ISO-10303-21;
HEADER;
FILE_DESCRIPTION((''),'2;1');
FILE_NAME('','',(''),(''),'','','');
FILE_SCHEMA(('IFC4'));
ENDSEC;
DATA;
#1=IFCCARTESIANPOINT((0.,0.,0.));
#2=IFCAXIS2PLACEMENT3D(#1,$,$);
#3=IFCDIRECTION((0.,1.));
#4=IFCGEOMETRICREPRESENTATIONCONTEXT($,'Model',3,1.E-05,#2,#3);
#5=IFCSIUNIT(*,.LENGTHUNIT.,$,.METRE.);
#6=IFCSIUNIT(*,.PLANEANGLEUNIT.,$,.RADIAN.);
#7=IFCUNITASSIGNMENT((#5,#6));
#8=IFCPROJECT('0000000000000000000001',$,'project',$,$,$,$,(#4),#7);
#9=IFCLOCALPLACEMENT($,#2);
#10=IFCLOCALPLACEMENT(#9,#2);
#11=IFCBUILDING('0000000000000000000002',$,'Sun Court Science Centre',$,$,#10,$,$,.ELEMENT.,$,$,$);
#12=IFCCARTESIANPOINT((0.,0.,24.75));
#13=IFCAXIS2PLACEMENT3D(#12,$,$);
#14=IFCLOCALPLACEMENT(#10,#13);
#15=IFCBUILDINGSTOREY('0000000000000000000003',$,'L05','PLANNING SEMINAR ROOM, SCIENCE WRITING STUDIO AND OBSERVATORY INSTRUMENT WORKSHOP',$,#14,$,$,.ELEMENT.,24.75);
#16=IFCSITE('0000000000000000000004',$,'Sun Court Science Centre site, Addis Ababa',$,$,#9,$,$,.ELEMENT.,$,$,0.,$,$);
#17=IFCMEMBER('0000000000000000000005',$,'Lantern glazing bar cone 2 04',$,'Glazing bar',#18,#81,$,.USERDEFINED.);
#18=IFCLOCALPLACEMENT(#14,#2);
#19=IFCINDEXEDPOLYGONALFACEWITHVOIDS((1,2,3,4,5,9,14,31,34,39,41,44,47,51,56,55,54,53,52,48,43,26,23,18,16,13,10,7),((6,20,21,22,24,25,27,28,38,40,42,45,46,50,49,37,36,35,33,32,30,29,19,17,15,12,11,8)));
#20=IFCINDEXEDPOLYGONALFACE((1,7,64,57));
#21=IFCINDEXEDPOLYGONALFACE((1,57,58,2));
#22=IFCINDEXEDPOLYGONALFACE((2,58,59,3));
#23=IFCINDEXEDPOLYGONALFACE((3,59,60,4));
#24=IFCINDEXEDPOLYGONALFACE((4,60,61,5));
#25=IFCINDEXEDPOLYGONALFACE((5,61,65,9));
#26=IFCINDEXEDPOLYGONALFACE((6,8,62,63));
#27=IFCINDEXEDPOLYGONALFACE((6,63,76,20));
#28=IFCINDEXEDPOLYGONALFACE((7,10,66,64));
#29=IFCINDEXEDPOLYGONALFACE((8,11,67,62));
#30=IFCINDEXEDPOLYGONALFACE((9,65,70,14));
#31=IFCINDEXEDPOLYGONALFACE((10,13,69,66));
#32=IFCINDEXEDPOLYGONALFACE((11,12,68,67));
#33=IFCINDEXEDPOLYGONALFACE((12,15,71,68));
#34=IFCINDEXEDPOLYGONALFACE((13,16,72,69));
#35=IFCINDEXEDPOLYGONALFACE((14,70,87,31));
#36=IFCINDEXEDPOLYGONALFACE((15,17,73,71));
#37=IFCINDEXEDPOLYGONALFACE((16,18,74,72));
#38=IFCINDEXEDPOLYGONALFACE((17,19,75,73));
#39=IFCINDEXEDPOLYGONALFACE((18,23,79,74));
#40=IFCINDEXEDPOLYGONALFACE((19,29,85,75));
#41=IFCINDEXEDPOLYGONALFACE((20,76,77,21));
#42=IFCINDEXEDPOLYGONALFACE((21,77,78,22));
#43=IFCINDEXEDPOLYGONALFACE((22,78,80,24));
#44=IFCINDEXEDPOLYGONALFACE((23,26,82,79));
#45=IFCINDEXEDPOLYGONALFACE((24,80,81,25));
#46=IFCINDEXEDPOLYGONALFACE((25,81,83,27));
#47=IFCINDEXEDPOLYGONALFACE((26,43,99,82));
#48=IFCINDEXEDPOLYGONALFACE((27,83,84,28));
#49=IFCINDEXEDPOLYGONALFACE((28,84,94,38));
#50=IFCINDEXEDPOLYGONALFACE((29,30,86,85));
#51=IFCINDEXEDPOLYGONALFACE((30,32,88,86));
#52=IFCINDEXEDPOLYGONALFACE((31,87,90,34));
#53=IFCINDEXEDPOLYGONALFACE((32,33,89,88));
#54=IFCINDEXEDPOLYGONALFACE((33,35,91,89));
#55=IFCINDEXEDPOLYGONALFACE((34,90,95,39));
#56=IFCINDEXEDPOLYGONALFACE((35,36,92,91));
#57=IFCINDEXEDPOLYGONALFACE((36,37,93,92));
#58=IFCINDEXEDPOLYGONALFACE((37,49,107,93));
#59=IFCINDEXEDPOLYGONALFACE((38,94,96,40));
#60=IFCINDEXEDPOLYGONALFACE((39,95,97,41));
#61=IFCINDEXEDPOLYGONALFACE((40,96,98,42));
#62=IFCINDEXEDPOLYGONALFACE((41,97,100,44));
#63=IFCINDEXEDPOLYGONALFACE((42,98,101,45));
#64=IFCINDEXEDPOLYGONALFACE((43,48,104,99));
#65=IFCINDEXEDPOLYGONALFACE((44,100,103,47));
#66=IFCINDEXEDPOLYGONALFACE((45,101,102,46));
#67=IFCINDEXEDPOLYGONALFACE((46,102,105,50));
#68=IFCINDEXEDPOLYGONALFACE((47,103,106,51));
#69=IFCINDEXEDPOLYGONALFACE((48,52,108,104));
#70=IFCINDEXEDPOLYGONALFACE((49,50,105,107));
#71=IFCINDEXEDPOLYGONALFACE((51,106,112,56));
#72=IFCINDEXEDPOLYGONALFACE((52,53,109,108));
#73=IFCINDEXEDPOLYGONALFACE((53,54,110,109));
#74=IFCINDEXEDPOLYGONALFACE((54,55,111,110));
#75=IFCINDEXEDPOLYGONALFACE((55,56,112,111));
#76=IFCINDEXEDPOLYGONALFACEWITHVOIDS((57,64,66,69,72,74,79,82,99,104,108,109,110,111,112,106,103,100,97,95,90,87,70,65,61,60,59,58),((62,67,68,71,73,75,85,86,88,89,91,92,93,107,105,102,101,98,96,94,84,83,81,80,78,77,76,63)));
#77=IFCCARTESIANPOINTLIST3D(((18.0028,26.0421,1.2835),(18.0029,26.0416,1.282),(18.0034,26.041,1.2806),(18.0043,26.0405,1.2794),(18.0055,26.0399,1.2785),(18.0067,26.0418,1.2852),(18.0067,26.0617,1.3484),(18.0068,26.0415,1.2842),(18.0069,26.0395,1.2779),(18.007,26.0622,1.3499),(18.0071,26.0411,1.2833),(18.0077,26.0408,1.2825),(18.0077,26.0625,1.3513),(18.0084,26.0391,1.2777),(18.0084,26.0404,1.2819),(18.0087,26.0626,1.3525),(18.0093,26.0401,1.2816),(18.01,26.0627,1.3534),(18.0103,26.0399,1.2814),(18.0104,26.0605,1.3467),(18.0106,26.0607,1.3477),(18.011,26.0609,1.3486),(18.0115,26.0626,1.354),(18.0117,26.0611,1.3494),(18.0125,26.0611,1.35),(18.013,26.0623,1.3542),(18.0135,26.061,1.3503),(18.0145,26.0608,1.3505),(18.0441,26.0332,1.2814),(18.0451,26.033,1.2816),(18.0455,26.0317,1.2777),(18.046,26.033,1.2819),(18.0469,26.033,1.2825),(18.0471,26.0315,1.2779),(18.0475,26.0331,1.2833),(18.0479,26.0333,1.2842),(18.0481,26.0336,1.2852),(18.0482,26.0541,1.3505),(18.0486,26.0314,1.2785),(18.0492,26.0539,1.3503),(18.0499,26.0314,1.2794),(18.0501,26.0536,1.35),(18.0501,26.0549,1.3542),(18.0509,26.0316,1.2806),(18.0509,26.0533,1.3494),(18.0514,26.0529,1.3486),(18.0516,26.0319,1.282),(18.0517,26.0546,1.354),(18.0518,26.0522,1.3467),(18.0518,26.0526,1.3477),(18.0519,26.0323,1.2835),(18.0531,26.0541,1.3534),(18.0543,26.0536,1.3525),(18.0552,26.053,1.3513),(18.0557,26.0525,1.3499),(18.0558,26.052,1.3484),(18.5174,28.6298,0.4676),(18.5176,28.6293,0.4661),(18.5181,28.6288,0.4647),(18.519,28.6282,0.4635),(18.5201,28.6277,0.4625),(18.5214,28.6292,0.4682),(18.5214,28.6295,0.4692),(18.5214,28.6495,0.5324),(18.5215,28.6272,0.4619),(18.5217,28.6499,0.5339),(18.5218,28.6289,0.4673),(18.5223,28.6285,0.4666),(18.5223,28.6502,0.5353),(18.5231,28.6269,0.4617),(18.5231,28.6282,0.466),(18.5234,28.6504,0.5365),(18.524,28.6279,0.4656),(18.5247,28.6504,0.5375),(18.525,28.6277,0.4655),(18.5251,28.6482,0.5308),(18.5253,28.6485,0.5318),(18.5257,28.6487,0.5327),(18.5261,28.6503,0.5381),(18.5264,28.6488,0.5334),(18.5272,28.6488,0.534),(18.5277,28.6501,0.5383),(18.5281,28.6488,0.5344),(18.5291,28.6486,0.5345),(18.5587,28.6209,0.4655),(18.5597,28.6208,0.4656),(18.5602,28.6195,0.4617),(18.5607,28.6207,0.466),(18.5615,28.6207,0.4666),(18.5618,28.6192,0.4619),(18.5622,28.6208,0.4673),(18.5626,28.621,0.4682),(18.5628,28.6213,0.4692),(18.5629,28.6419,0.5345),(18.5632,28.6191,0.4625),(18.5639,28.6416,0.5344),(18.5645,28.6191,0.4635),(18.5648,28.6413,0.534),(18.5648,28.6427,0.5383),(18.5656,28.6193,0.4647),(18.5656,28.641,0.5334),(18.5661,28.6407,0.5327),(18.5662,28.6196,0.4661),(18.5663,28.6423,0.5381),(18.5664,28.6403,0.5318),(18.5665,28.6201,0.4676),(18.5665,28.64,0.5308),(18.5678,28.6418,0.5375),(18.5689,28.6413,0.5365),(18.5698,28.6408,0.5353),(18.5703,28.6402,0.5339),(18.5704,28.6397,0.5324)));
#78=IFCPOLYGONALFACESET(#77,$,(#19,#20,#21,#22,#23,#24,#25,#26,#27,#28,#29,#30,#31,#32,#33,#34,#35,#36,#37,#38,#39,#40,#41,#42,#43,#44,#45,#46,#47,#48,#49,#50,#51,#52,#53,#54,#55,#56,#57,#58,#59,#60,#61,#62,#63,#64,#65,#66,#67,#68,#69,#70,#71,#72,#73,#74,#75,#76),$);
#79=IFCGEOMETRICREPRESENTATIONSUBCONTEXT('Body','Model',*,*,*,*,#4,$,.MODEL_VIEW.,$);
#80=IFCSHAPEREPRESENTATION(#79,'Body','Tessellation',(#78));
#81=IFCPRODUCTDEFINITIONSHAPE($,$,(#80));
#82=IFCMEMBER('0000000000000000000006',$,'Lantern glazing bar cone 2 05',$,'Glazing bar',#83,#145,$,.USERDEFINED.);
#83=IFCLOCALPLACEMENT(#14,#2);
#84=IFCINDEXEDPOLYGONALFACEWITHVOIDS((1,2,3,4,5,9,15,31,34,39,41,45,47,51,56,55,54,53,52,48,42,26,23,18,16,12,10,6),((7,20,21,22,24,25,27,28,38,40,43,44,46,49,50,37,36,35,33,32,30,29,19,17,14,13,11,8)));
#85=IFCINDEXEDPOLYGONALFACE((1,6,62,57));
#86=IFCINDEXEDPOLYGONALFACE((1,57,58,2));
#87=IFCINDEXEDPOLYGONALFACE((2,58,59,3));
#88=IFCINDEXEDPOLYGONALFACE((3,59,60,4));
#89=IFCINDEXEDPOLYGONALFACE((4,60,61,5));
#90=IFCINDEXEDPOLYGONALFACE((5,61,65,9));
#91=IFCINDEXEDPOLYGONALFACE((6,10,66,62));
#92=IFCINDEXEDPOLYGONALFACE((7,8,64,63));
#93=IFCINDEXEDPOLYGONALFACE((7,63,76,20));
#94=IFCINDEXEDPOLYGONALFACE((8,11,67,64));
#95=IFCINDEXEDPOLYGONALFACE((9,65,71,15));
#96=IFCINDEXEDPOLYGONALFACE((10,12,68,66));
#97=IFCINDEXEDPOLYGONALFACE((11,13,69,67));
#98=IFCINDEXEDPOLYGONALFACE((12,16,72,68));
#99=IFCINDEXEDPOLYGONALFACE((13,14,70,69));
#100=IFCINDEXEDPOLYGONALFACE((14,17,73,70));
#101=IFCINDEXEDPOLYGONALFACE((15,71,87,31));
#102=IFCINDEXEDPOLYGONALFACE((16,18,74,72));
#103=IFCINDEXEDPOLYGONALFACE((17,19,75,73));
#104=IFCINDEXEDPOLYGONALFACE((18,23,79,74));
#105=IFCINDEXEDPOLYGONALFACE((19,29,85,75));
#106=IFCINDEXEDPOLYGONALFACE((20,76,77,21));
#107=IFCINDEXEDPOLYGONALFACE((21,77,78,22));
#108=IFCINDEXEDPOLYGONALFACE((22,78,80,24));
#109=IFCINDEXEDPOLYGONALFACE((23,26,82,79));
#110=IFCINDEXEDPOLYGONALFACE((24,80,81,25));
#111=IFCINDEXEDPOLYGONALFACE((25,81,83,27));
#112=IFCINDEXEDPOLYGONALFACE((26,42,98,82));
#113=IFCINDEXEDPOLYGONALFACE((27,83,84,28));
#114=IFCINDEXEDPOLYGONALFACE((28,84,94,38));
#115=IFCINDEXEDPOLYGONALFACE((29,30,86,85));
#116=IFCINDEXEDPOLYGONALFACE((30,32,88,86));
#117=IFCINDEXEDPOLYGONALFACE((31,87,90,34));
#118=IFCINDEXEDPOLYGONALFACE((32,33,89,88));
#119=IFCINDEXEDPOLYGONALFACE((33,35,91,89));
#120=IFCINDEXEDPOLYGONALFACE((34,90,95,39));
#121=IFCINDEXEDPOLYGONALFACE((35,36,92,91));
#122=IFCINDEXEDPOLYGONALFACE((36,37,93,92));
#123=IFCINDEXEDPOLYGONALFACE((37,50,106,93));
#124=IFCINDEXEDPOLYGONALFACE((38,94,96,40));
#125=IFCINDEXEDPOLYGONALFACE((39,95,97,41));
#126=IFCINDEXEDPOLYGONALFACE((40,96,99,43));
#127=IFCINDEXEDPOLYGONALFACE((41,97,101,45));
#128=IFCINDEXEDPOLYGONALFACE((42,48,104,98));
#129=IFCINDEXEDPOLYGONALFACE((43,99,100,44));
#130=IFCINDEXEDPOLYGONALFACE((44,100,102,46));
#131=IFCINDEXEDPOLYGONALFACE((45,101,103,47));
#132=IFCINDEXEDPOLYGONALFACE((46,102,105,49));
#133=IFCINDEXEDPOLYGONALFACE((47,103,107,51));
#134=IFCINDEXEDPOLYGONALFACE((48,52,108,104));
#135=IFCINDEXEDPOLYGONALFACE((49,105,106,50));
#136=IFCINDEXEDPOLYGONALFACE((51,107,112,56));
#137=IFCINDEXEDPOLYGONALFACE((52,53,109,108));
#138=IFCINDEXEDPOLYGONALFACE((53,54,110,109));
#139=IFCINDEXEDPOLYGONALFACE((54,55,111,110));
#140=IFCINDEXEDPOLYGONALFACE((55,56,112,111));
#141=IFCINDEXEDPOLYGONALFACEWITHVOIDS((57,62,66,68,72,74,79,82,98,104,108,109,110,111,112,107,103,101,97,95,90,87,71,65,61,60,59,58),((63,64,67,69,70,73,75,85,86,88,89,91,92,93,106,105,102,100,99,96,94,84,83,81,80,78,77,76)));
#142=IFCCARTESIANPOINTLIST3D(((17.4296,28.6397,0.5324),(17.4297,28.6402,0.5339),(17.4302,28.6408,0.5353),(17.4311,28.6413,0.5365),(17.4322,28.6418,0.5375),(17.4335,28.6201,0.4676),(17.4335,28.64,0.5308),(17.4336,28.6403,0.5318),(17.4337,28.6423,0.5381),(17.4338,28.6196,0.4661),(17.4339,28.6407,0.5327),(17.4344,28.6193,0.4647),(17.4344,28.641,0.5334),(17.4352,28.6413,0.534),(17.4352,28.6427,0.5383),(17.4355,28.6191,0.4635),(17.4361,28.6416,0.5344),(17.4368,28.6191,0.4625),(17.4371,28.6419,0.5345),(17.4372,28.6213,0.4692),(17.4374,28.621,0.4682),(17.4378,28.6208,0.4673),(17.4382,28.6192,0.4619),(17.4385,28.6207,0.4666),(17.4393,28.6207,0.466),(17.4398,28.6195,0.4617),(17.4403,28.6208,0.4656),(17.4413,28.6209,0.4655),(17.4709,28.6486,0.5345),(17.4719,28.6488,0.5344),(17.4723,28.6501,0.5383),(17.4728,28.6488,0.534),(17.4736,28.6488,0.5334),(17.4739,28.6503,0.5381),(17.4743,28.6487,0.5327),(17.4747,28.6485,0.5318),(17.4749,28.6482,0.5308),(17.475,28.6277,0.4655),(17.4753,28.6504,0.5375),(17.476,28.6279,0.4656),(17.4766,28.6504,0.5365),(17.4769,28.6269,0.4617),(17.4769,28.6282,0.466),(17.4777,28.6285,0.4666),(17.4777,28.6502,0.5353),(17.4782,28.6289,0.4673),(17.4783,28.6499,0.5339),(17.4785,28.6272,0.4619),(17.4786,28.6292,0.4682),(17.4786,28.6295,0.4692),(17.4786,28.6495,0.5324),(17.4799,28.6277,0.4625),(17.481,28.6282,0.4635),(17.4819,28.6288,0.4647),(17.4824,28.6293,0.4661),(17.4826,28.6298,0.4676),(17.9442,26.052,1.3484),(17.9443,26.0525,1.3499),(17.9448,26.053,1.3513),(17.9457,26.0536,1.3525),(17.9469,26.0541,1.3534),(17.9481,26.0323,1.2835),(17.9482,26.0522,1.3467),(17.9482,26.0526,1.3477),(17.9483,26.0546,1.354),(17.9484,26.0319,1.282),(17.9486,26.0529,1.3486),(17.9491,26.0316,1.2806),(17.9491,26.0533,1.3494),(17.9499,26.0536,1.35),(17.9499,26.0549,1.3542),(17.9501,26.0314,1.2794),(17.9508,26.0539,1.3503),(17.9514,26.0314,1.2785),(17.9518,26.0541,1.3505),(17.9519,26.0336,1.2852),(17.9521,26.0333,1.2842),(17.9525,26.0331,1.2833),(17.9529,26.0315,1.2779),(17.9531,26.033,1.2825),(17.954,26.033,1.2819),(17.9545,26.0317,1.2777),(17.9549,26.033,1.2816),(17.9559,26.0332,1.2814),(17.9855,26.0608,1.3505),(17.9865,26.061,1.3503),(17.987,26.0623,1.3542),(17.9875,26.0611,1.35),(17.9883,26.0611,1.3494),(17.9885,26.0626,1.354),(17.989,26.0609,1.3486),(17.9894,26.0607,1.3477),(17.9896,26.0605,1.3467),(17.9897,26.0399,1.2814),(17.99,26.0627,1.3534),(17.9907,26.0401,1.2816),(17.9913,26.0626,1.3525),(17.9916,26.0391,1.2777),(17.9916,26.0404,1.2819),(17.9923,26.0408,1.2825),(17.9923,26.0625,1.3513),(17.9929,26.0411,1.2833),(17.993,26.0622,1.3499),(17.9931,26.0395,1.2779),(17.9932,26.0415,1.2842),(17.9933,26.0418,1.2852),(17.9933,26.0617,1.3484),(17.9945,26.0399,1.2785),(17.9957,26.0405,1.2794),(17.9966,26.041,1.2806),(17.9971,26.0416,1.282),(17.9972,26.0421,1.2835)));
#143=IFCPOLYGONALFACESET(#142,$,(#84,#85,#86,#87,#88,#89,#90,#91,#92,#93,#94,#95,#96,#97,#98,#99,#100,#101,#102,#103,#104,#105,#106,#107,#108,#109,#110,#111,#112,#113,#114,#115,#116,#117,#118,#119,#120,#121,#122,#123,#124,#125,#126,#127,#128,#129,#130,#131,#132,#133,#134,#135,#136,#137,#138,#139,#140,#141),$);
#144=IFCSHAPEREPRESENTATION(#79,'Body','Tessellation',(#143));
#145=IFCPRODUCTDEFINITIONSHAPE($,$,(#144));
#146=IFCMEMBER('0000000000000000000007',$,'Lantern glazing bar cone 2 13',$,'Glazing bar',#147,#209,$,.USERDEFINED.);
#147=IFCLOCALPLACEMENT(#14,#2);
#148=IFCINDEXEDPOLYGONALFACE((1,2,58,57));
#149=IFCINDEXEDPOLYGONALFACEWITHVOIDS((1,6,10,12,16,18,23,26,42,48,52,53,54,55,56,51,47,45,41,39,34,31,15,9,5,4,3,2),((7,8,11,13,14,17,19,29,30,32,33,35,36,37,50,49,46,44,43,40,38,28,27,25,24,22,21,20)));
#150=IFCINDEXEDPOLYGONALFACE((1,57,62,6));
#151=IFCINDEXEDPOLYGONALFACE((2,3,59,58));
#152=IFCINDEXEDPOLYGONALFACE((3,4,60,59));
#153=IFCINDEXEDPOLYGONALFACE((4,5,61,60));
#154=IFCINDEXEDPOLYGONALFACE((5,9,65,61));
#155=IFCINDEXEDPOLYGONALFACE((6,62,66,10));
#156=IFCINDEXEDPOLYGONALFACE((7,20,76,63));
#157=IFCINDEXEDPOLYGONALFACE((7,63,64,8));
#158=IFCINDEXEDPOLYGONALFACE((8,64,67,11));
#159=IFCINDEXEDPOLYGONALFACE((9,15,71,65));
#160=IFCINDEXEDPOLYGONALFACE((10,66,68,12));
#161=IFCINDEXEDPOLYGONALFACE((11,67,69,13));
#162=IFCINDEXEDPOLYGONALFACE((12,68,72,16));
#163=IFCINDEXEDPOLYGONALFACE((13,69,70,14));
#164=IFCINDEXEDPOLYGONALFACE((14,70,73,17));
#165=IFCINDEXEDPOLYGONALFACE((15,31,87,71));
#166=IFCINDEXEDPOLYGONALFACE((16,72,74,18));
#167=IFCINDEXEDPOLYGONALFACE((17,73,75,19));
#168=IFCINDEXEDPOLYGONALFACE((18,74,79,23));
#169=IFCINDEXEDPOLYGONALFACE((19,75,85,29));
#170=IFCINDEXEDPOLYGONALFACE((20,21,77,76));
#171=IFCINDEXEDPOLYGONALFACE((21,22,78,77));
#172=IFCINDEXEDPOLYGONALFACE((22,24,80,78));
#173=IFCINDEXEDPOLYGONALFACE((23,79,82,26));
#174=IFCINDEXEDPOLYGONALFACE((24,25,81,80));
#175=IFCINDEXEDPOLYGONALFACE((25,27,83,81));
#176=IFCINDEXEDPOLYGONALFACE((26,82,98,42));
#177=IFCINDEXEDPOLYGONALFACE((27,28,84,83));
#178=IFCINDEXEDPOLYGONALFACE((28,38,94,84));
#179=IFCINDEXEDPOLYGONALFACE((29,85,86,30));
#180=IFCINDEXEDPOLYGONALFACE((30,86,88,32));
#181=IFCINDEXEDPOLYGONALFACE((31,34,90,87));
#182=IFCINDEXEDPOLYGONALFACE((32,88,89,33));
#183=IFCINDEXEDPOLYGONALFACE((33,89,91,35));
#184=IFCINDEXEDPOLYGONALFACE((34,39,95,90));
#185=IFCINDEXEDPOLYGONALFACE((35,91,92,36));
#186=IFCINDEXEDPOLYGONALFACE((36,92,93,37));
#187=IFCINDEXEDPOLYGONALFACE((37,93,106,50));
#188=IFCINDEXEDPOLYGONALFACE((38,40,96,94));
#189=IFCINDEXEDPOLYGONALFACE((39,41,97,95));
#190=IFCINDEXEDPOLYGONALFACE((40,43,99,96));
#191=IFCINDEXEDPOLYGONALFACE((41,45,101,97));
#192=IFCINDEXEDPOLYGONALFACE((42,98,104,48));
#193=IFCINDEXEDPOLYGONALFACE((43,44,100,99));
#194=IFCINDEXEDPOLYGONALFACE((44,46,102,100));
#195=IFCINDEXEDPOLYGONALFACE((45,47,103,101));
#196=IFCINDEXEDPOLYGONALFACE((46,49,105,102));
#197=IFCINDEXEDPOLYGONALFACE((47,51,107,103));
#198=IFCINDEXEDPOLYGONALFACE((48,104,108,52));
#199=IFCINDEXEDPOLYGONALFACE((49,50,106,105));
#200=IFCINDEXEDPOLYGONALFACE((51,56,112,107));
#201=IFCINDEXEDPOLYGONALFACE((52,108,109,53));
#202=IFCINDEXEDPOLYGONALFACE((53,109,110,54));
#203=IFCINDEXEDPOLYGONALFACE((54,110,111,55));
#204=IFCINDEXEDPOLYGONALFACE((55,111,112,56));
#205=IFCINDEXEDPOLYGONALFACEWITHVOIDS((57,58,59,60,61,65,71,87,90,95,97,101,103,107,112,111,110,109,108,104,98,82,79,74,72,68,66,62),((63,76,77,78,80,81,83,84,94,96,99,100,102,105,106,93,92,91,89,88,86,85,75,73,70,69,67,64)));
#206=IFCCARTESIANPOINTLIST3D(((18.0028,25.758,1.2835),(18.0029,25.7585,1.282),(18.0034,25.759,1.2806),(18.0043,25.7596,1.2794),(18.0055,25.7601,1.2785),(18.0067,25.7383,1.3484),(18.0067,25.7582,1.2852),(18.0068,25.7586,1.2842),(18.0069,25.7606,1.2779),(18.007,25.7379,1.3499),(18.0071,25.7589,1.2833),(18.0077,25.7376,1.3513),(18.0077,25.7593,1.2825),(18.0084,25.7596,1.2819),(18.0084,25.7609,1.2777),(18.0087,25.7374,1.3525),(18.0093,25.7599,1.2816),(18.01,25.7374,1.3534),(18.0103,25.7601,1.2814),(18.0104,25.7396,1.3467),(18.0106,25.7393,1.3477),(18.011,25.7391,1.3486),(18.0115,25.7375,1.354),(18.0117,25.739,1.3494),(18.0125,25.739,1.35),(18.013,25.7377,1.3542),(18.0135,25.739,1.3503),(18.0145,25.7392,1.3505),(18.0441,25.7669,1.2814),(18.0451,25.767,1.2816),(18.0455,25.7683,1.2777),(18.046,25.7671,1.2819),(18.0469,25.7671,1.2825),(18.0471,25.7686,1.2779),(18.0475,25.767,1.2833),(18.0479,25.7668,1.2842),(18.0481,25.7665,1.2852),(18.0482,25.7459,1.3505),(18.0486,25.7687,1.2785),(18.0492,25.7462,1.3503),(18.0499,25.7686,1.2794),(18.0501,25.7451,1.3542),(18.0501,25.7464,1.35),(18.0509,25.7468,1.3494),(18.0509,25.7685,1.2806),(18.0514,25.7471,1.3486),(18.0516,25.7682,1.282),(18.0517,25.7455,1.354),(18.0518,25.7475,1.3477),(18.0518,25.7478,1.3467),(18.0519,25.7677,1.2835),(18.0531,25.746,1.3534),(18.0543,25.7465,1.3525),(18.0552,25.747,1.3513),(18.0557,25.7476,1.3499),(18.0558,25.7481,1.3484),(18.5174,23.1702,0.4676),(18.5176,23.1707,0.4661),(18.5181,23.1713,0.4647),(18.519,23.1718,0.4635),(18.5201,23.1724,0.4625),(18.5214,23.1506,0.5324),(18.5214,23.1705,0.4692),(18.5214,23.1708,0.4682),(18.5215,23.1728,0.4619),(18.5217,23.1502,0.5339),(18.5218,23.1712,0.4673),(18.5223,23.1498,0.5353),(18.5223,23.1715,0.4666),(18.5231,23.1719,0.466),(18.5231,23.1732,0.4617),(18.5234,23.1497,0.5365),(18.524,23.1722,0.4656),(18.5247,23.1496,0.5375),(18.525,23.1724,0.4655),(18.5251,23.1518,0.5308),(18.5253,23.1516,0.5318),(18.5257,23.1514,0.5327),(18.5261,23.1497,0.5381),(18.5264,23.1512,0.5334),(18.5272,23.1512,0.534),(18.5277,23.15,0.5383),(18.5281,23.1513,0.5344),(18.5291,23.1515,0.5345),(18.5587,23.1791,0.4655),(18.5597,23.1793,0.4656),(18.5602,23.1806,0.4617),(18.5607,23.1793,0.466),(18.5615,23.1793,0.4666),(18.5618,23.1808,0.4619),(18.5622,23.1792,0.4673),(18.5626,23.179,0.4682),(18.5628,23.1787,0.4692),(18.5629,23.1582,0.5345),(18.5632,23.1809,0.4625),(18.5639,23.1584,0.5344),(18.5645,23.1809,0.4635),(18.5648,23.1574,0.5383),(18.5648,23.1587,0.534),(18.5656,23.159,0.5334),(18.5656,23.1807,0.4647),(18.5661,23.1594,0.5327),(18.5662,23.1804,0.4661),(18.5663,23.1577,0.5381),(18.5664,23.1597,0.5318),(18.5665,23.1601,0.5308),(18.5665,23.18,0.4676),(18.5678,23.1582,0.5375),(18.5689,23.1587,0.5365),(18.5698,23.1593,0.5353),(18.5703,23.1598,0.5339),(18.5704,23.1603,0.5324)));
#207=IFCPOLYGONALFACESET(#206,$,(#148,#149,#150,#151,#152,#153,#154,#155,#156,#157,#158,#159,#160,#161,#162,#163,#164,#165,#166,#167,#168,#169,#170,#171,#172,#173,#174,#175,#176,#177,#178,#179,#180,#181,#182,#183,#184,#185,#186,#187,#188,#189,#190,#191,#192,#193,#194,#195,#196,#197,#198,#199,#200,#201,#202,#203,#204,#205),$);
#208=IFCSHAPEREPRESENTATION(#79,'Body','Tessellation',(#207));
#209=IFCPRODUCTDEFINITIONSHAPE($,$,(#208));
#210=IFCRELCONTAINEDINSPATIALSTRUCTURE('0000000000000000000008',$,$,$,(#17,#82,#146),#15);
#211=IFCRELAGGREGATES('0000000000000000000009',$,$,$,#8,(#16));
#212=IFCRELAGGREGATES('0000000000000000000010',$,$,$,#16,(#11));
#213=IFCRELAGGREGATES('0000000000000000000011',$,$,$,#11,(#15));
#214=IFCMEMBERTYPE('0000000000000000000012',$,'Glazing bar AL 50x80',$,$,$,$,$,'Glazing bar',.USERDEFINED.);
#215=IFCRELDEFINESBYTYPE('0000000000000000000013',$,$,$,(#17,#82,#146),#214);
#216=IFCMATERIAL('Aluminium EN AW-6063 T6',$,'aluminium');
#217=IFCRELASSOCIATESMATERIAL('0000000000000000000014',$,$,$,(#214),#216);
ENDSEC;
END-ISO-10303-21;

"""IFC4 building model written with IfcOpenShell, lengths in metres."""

from ifc_helpers import new_model, si_unit, direction, frame, origin, origin_2d, place, context, subcontext, project, spatial, hollow_rectangle, extrude, material, material_profile, profile_set, type_object, element, save


model = new_model("IFC4")

# Units and contexts
model_context = context("Model", 3, precision=1e-05, world=origin(), true_north=direction((0.0, 1.0)))
body_context = subcontext(model_context, "Body", "Model", "MODEL_VIEW")
ifc_project = project(units=[si_unit("LENGTHUNIT", "METRE"), si_unit("PLANEANGLEUNIT", "RADIAN")], contexts=[model_context])

# Site, building, storey
site_placement = place(None, origin())
site = spatial("IfcSite", under=ifc_project, at=site_placement, Name="Sun Court Science Centre site, Addis Ababa", CompositionType="ELEMENT", RefElevation=0.0)
building_placement = place(site_placement, origin())
building = spatial("IfcBuilding", under=site, at=building_placement, Name="Sun Court Science Centre", CompositionType="ELEMENT")
storey_placement = place(building_placement, frame((0.0, 0.0, 24.75)))
storey = spatial("IfcBuildingStorey", under=building, at=storey_placement, Name="L05", Description="PLANNING SEMINAR ROOM, SCIENCE WRITING STUDIO AND OBSERVATORY INSTRUMENT WORKSHOP", CompositionType="ELEMENT", Elevation=24.75)

# Members
ifc_material_1 = material(Name="Aluminium EN AW-6063 T6", Category="aluminium")
ifc_material_profile_1 = material_profile(ifc_material_1, hollow_rectangle(XDim=0.05, YDim=0.0801, WallThickness=0.0039, InnerFilletRadius=0.0039, OuterFilletRadius=0.0061, at=origin_2d()), Name="AL 50x80x4")
ifc_profile_set_1 = profile_set([ifc_material_profile_1], Name="Aluminium EN AW-6063 T6")
member_type_1 = type_object("IfcMemberType", Name="Glazing bar AL 50x80", ElementType="Glazing bar", PredefinedType="USERDEFINED", material=ifc_profile_set_1)
for number, where, z_axis, x_axis, name in (
    (1, (18.5439, 28.6348, 0.5), (-0.186358, -0.937006, 0.29545), (0.98079, -0.195066, 0.0), "Lantern glazing bar cone 2 04"),
    (2, (17.4561, 28.6348, 0.5), (0.186358, -0.937006, 0.29545), (0.98079, 0.195066, 0.0), "Lantern glazing bar cone 2 05"),
    (3, (18.5439, 23.1653, 0.5), (-0.186358, 0.937006, 0.29545), (-0.98079, -0.195066, 0.0), "Lantern glazing bar cone 2 13"),
):
    element("IfcMember", number, at=place(storey_placement, frame(where, z_axis=z_axis, x_axis=x_axis)), inside=storey, type_object=member_type_1, Name=name, ObjectType="Glazing bar", PredefinedType="USERDEFINED", context=body_context, shape_type="SweptSolid", body=[
        extrude(hollow_rectangle(XDim=0.05, YDim=0.0801, WallThickness=0.0039, InnerFilletRadius=0.0039, OuterFilletRadius=0.0061, at=origin_2d()), origin(), (0.0, 0.0, 1.0), 2.7617),
    ])

save(model, "model.ifc")
